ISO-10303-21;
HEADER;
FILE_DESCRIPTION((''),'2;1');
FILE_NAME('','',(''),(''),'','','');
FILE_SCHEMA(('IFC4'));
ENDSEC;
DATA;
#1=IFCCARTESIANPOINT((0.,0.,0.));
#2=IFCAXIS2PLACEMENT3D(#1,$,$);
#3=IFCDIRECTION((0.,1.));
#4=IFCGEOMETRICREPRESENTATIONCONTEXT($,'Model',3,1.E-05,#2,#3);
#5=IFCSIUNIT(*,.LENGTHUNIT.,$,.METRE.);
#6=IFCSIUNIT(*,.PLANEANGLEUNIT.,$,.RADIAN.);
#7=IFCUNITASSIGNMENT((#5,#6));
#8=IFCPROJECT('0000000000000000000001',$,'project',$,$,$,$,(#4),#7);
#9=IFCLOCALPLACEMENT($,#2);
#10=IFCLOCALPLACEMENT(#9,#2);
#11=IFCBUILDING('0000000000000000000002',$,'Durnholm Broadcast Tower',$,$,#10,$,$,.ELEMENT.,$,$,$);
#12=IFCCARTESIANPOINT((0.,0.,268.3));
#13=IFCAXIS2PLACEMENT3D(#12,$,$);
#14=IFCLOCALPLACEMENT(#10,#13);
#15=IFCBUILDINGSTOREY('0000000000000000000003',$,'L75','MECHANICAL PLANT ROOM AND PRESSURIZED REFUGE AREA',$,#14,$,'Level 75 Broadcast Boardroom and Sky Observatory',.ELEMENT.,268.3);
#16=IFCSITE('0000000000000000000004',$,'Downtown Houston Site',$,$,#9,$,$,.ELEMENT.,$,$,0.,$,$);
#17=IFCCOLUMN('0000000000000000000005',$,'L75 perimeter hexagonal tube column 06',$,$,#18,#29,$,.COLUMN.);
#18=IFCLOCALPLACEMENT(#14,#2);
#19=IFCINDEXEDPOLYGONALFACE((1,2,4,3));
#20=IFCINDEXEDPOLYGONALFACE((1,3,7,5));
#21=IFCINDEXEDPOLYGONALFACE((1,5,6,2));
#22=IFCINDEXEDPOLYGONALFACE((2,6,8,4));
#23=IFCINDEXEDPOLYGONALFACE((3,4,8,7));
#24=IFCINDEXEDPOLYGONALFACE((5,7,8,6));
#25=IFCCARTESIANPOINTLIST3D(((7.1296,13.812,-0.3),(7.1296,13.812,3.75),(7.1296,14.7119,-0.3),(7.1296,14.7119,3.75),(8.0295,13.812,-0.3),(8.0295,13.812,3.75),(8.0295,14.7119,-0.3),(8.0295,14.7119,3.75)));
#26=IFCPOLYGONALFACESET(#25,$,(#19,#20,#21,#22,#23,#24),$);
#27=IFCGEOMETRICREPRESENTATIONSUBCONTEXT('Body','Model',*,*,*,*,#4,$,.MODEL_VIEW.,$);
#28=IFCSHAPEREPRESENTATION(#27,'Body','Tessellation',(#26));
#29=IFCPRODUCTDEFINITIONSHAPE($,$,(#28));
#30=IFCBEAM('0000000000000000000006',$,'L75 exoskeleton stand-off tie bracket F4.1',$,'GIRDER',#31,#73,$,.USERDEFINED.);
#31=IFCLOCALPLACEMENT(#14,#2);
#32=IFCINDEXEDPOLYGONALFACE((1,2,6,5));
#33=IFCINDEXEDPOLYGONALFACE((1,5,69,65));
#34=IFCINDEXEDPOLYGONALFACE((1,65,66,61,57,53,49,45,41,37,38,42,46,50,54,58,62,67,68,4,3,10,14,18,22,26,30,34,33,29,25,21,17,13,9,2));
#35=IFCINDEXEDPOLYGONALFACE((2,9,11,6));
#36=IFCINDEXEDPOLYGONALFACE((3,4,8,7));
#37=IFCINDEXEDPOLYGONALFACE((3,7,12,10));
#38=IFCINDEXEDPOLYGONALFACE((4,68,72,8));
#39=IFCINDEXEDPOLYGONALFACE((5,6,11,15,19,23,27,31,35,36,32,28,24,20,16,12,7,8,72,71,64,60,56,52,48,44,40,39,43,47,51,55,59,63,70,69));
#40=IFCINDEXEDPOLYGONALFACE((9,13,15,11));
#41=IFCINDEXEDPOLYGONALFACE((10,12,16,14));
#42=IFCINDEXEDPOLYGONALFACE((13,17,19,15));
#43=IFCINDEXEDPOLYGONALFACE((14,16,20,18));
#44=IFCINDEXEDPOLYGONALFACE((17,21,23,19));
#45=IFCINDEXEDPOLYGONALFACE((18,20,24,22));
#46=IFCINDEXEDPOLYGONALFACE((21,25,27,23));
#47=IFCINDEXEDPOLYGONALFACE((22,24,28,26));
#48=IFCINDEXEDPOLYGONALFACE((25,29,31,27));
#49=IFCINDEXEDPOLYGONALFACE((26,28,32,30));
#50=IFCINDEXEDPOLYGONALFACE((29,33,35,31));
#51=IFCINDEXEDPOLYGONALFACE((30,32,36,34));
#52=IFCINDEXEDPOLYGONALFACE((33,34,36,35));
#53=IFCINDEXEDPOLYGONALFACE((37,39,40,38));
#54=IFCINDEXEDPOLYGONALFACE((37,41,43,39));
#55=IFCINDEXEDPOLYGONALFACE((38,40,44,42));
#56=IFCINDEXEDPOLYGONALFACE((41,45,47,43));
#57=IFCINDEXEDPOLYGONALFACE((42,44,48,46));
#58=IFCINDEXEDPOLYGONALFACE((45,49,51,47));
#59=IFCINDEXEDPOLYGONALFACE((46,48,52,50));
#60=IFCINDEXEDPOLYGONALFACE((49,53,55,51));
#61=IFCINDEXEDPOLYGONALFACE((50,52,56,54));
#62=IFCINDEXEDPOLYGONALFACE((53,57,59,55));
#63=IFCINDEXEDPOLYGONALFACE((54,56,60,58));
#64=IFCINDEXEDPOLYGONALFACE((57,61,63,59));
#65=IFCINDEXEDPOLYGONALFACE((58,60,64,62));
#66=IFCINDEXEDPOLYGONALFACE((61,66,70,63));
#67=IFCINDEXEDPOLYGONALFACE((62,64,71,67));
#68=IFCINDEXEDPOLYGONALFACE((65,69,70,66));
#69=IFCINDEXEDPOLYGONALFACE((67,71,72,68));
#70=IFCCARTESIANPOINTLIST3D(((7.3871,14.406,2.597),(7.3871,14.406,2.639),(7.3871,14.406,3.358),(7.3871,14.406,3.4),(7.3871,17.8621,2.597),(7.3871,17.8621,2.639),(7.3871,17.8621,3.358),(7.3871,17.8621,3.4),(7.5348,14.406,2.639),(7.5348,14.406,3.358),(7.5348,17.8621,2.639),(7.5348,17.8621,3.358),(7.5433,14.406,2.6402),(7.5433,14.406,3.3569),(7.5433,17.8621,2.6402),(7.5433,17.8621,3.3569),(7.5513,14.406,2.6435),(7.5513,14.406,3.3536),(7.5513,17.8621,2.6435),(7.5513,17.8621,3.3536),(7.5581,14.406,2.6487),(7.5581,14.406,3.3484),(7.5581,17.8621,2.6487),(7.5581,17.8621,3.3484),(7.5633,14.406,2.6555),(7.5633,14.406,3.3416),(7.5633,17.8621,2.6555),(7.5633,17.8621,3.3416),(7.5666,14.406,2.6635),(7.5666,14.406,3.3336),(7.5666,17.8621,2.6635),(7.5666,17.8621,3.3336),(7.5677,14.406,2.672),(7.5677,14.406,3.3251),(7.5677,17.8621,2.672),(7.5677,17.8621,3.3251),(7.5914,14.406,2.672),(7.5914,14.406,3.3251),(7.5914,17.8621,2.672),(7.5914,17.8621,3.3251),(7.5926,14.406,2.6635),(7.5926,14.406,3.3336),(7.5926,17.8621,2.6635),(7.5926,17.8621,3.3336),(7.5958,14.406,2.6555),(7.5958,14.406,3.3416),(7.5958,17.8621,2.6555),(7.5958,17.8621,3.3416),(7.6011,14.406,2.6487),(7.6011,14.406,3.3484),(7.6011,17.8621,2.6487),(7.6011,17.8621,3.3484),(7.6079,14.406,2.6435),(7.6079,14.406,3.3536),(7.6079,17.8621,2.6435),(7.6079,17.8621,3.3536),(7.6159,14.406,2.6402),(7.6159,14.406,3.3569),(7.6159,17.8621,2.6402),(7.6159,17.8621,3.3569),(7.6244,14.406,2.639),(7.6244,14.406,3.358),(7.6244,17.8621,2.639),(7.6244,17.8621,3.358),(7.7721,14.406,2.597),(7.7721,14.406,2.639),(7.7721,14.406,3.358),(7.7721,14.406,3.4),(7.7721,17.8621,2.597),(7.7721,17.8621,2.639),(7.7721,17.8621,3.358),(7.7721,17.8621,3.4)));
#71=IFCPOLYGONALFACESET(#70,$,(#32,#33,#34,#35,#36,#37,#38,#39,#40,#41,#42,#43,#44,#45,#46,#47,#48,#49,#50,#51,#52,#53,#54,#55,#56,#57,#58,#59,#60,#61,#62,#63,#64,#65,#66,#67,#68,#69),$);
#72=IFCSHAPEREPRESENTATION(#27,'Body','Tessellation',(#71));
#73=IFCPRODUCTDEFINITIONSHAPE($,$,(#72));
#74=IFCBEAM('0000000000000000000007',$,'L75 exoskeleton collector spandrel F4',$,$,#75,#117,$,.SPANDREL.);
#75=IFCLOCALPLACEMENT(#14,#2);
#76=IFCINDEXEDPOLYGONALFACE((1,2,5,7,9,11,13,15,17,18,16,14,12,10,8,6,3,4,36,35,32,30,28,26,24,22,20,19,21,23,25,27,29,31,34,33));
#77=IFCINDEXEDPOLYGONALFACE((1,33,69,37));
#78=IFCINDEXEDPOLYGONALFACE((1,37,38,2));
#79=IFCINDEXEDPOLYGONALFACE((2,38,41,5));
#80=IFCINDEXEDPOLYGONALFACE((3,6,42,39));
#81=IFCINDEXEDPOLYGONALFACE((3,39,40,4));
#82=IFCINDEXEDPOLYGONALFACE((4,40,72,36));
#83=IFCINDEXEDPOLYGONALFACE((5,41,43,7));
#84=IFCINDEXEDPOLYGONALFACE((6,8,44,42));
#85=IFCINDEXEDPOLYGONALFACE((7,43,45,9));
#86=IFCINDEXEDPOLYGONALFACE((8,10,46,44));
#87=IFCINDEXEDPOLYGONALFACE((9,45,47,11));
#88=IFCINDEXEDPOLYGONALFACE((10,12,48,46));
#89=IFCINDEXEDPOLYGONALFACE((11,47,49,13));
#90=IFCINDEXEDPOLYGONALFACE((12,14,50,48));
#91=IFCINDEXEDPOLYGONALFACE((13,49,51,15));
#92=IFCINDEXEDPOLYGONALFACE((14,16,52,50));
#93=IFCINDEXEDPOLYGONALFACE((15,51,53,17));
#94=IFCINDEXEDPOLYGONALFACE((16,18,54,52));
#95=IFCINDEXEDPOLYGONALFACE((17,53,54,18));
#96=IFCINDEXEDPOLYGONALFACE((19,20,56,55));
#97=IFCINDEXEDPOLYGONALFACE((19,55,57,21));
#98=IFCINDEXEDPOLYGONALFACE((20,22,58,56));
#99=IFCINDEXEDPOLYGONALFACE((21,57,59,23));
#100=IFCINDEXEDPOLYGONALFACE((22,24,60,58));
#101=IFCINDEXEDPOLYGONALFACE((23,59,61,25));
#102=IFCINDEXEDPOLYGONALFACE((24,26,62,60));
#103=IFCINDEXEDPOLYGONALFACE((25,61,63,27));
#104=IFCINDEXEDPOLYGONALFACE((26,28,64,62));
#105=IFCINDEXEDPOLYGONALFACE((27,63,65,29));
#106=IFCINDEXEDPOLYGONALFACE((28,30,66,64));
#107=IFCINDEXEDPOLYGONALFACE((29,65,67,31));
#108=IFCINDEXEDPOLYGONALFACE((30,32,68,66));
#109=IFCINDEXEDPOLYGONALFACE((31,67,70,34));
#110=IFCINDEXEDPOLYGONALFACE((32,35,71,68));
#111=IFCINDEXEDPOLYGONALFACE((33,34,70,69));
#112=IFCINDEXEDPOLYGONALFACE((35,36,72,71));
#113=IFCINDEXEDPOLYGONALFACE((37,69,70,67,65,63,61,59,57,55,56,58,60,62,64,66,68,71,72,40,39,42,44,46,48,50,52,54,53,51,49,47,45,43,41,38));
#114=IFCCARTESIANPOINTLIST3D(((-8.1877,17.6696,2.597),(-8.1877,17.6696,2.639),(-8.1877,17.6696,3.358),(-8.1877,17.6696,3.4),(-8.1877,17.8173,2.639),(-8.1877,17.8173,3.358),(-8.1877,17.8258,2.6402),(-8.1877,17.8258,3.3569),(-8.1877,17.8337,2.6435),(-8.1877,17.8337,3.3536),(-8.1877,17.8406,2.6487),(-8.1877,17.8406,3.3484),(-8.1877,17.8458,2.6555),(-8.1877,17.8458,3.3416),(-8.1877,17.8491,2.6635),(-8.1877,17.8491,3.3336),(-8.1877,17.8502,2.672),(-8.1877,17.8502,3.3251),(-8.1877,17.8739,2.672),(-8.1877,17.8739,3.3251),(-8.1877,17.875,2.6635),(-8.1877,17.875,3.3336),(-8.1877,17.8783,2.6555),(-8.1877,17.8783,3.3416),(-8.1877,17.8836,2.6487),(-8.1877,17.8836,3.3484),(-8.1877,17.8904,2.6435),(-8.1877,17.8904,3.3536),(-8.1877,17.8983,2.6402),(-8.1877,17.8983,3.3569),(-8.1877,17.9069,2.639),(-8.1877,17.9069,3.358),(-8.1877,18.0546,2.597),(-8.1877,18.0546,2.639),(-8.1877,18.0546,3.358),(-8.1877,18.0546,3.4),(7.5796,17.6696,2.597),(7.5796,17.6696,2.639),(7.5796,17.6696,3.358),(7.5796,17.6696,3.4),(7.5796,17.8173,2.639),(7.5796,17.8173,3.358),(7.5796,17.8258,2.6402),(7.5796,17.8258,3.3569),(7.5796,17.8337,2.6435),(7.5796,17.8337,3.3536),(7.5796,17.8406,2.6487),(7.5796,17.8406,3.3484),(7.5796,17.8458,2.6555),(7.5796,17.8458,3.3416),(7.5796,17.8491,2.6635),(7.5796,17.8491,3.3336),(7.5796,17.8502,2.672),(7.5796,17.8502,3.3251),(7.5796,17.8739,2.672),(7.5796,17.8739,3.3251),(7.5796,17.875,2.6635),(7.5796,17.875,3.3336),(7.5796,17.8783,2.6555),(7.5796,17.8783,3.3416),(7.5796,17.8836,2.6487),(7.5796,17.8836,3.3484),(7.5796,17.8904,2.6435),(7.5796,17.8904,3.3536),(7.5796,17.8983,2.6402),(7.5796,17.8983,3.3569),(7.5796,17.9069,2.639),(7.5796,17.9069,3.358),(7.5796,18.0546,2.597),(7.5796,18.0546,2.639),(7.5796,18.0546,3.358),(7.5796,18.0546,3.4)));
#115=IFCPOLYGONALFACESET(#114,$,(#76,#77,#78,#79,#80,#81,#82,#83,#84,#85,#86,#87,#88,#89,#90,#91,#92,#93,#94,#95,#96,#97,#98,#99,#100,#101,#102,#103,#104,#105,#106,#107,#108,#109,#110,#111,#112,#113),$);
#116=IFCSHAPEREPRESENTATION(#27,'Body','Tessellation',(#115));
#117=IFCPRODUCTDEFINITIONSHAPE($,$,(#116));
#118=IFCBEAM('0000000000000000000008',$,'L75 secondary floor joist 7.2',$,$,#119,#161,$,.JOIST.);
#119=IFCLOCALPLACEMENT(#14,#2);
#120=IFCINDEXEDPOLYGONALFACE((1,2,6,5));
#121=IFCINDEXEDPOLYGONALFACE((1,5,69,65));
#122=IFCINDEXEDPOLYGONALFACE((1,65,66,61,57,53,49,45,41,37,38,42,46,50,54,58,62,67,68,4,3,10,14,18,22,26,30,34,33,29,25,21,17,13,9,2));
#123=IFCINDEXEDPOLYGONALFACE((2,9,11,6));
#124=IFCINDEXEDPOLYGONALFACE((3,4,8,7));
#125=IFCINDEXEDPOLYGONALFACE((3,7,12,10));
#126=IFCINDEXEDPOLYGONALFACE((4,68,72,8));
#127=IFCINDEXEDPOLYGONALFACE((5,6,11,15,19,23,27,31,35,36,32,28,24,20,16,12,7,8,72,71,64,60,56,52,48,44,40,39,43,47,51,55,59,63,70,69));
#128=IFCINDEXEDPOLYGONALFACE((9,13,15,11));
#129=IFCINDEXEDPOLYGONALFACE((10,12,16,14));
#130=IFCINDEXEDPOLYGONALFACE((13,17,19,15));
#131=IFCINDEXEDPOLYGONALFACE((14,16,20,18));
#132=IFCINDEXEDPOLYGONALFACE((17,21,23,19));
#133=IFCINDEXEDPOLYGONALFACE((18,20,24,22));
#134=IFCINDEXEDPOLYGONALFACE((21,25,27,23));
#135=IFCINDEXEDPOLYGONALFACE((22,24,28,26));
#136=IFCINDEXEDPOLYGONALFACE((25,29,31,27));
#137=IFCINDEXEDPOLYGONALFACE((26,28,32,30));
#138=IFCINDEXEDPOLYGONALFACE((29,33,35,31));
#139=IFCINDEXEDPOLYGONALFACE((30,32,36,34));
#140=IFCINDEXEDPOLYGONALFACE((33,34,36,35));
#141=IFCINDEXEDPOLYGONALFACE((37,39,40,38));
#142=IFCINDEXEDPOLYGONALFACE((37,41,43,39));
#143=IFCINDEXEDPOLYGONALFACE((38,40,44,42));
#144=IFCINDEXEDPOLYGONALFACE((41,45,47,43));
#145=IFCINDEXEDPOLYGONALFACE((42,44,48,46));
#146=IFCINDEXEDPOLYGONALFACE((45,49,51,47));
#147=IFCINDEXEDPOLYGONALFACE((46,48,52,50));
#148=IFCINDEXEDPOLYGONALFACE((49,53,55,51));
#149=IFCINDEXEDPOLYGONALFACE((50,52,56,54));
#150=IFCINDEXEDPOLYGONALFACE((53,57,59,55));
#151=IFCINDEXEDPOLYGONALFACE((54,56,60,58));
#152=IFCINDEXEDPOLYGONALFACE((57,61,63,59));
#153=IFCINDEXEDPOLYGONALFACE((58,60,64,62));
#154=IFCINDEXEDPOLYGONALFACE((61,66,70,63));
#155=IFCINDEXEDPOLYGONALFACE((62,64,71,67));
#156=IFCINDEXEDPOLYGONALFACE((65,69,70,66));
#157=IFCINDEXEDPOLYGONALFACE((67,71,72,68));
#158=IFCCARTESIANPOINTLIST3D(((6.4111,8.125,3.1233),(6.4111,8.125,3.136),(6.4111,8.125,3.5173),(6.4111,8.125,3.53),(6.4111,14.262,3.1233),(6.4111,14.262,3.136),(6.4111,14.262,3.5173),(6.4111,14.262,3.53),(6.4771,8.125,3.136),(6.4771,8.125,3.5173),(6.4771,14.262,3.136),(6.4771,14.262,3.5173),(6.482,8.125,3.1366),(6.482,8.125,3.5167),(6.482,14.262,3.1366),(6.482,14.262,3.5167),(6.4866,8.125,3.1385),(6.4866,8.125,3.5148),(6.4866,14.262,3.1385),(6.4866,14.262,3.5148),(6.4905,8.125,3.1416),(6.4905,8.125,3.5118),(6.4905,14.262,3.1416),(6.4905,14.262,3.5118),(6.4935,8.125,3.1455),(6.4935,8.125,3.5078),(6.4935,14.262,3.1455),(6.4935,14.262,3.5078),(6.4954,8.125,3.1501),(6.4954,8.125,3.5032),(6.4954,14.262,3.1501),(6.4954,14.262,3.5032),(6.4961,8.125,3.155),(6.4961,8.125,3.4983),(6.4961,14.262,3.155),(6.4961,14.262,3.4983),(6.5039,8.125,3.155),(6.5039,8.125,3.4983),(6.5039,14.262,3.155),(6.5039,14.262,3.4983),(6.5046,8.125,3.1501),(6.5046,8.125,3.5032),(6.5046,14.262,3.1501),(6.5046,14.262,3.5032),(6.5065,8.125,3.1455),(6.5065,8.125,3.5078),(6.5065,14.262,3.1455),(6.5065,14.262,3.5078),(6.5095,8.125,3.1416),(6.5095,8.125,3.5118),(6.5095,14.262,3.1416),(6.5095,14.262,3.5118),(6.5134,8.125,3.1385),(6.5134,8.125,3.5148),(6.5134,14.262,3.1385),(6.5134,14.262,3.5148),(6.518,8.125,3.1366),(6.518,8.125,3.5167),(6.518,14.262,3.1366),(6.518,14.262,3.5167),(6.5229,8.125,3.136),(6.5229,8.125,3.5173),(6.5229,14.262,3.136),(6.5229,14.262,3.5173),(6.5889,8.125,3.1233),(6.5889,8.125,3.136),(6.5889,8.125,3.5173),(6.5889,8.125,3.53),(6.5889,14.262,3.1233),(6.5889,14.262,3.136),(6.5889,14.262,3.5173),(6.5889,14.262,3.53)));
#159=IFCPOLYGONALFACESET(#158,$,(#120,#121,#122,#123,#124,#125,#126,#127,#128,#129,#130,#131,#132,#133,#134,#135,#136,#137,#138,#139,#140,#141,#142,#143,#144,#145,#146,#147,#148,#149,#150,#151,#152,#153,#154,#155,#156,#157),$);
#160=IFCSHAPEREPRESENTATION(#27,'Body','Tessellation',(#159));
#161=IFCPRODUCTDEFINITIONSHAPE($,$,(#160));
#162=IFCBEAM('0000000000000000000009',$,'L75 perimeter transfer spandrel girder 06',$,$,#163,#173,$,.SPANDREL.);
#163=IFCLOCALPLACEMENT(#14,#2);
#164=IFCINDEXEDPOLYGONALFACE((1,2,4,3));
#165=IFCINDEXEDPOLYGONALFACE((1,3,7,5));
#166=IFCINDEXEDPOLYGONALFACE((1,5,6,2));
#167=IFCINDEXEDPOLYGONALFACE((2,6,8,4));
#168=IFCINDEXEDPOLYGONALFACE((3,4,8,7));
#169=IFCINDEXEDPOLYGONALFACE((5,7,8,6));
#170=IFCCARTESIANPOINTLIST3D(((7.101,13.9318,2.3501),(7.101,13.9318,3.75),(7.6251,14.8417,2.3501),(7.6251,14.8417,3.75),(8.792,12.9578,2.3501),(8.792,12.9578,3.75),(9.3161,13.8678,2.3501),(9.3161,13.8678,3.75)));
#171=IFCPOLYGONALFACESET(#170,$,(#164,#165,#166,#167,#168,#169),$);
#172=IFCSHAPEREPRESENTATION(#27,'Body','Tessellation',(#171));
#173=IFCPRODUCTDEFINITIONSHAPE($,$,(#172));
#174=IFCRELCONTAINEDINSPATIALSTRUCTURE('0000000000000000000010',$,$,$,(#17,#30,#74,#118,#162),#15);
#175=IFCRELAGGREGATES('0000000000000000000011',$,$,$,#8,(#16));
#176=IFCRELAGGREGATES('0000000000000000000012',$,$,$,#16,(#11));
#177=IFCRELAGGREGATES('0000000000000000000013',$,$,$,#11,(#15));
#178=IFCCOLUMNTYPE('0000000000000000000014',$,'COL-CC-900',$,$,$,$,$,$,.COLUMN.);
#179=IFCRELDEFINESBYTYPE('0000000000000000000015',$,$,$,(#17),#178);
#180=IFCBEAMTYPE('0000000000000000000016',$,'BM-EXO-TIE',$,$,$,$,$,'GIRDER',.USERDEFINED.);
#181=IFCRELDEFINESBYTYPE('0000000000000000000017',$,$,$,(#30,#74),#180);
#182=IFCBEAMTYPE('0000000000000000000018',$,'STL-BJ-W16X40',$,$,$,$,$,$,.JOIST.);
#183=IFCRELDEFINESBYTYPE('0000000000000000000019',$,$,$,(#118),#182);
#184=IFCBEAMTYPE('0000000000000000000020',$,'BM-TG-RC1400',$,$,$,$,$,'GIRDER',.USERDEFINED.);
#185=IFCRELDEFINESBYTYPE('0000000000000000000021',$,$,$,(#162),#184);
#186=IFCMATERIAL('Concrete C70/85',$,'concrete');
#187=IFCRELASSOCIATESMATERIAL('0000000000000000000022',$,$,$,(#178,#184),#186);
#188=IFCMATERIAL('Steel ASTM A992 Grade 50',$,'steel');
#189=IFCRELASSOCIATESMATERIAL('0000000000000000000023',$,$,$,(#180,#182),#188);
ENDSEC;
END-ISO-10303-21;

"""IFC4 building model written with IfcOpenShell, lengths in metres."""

from ifc_helpers import new_model, si_unit, direction, frame, origin, origin_2d, place, context, subcontext, project, spatial, rectangle, i_section, extrude, source, transform, mapped, material, material_profile, profile_set, type_object, type_shapes, element, save


model = new_model("IFC4")

# Units and contexts
model_context = context("Model", 3, precision=1e-05, world=origin(), true_north=direction((0.0, 1.0)))
body_context = subcontext(model_context, "Body", "Model", "MODEL_VIEW")
ifc_project = project(units=[si_unit("LENGTHUNIT", "METRE"), si_unit("PLANEANGLEUNIT", "RADIAN")], contexts=[model_context])

# Site, building, storey
site_placement = place(None, origin())
site = spatial("IfcSite", under=ifc_project, at=site_placement, Name="Downtown Houston Site", CompositionType="ELEMENT", RefElevation=0.0)
building_placement = place(site_placement, origin())
building = spatial("IfcBuilding", under=site, at=building_placement, Name="Durnholm Broadcast Tower", CompositionType="ELEMENT")
storey_placement = place(building_placement, frame((0.0, 0.0, 268.3)))
storey = spatial("IfcBuildingStorey", under=building, at=storey_placement, Name="L75", Description="MECHANICAL PLANT ROOM AND PRESSURIZED REFUGE AREA", LongName="Level 75 Broadcast Boardroom and Sky Observatory", CompositionType="ELEMENT", Elevation=268.3)

# Column
ifc_material_1 = material(Name="Concrete C70/85", Category="concrete")
ifc_material_profile_1 = material_profile(ifc_material_1, rectangle(XDim=0.8999, YDim=0.8999, at=origin_2d()), Name="RC900X900")
ifc_profile_set_1 = profile_set([ifc_material_profile_1], Name="Concrete C70/85")
column_type = type_object("IfcColumnType", Name="COL-CC-900", PredefinedType="COLUMN", material=ifc_profile_set_1)
shared_shape_1 = source(origin(), body_context, "Body", "SweptSolid", [
    extrude(rectangle(XDim=0.8999, YDim=0.8999, at=origin_2d()), origin(), (0.0, 0.0, 1.0), 4.05),
])
type_shapes(column_type, [shared_shape_1])
column_placement = place(storey_placement, frame((7.5796, 14.262, -0.3), z_axis=(0.0, 0.0, 1.0), x_axis=(1.0, 0.0, 0.0)))
element("IfcColumn", 1, at=column_placement, inside=storey, type_object=column_type, Name="L75 perimeter hexagonal tube column 06", PredefinedType="COLUMN", context=body_context, shape_type="MappedRepresentation", body=[
    mapped(shared_shape_1, transform((0.0, 0.0, 0.0), x_axis=(1.0, 0.0, 0.0), y_axis=(0.0, 1.0, 0.0), z_axis=(0.0, 0.0, 1.0), scale=1.0)),
])

# Beams
ifc_material_2 = material(Name="Steel ASTM A992 Grade 50", Category="steel")
ifc_material_profile_2 = material_profile(ifc_material_2, i_section(OverallWidth=0.385, OverallDepth=0.803, WebThickness=0.0237, FlangeThickness=0.042, FilletRadius=0.033, at=origin_2d()), Name="W30X261")
ifc_profile_set_2 = profile_set([ifc_material_profile_2], Name="Steel ASTM A992 Grade 50")
beam_type_1 = type_object("IfcBeamType", Name="BM-EXO-TIE", ElementType="GIRDER", PredefinedType="USERDEFINED", material=ifc_profile_set_2)
shared_shape_2 = source(origin(), body_context, "Body", "SweptSolid", [
    extrude(i_section(OverallWidth=0.385, OverallDepth=0.803, WebThickness=0.0237, FlangeThickness=0.042, FilletRadius=0.033, at=origin_2d()), origin(), (0.0, 0.0, 1.0), 3.4561),
])
beam_1_placement = place(storey_placement, frame((7.5796, 14.406, 2.9985), z_axis=(0.0, 1.0, 0.0), x_axis=(-1.0, 0.0, 0.0)))
element("IfcBeam", 2, at=beam_1_placement, inside=storey, type_object=beam_type_1, Name="L75 exoskeleton stand-off tie bracket F4.1", ObjectType="GIRDER", PredefinedType="USERDEFINED", context=body_context, shape_type="MappedRepresentation", body=[
    mapped(shared_shape_2, transform((0.0, 0.0, 0.0), x_axis=(1.0, 0.0, 0.0), y_axis=(0.0, 1.0, 0.0), z_axis=(0.0, 0.0, 1.0), scale=1.0)),
])
shared_shape_3 = source(origin(), body_context, "Body", "SweptSolid", [
    extrude(i_section(OverallWidth=0.385, OverallDepth=0.803, WebThickness=0.0237, FlangeThickness=0.042, FilletRadius=0.033, at=origin_2d()), origin(), (0.0, 0.0, 1.0), 15.7673),
])
type_shapes(beam_type_1, [shared_shape_2, shared_shape_3])
beam_2_placement = place(storey_placement, frame((7.5796, 17.8621, 2.9985), z_axis=(-1.0, 0.0, 0.0), x_axis=(0.0, -1.0, 0.0)))
element("IfcBeam", 3, at=beam_2_placement, inside=storey, type_object=beam_type_1, Name="L75 exoskeleton collector spandrel F4", PredefinedType="SPANDREL", context=body_context, shape_type="MappedRepresentation", body=[
    mapped(shared_shape_3, transform((0.0, 0.0, 0.0), x_axis=(1.0, 0.0, 0.0), y_axis=(0.0, 1.0, 0.0), z_axis=(0.0, 0.0, 1.0), scale=1.0)),
])
ifc_material_profile_3 = material_profile(ifc_material_2, i_section(OverallWidth=0.1777, OverallDepth=0.4067, WebThickness=0.0078, FlangeThickness=0.0127, FilletRadius=0.019, at=origin_2d()), Name="W16X40")
ifc_profile_set_3 = profile_set([ifc_material_profile_3], Name="Steel ASTM A992 Grade 50")
beam_type_2 = type_object("IfcBeamType", Name="STL-BJ-W16X40", PredefinedType="JOIST", material=ifc_profile_set_3)
shared_shape_4 = source(origin(), body_context, "Body", "SweptSolid", [
    extrude(i_section(OverallWidth=0.1777, OverallDepth=0.4067, WebThickness=0.0078, FlangeThickness=0.0127, FilletRadius=0.019, at=origin_2d()), origin(), (0.0, 0.0, 1.0), 6.137),
])
type_shapes(beam_type_2, [shared_shape_4])
beam_3_placement = place(storey_placement, frame((6.5, 8.125, 3.3267), z_axis=(0.0, 1.0, 0.0), x_axis=(-1.0, 0.0, 0.0)))
element("IfcBeam", 4, at=beam_3_placement, inside=storey, type_object=beam_type_2, Name="L75 secondary floor joist 7.2", PredefinedType="JOIST", context=body_context, shape_type="MappedRepresentation", body=[
    mapped(shared_shape_4, transform((0.0, 0.0, 0.0), x_axis=(1.0, 0.0, 0.0), y_axis=(0.0, 1.0, 0.0), z_axis=(0.0, 0.0, 1.0), scale=1.0)),
])
ifc_material_profile_4 = material_profile(ifc_material_1, rectangle(XDim=1.05, YDim=1.3999, at=origin_2d()), Name="RC1050X1400")
ifc_profile_set_4 = profile_set([ifc_material_profile_4], Name="Concrete C70/85")
beam_type_3 = type_object("IfcBeamType", Name="BM-TG-RC1400", ElementType="GIRDER", PredefinedType="USERDEFINED", material=ifc_profile_set_4)
shared_shape_5 = source(origin(), body_context, "Body", "SweptSolid", [
    extrude(rectangle(XDim=1.05, YDim=1.3999, at=origin_2d()), origin(), (0.0, 0.0, 1.0), 1.9514),
])
beam_4_placement = place(storey_placement, frame((7.363, 14.3867, 3.05), z_axis=(0.866552, -0.499087, 0.0), x_axis=(0.499087, 0.866552, 0.0)))
element("IfcBeam", 5, at=beam_4_placement, inside=storey, type_object=beam_type_3, Name="L75 perimeter transfer spandrel girder 06", PredefinedType="SPANDREL", context=body_context, shape_type="MappedRepresentation", body=[
    mapped(shared_shape_5, transform((0.0, 0.0, 0.0), x_axis=(1.0, 0.0, 0.0), y_axis=(0.0, 1.0, 0.0), z_axis=(0.0, 0.0, 1.0), scale=1.0)),
])

save(model, "model.ifc")
